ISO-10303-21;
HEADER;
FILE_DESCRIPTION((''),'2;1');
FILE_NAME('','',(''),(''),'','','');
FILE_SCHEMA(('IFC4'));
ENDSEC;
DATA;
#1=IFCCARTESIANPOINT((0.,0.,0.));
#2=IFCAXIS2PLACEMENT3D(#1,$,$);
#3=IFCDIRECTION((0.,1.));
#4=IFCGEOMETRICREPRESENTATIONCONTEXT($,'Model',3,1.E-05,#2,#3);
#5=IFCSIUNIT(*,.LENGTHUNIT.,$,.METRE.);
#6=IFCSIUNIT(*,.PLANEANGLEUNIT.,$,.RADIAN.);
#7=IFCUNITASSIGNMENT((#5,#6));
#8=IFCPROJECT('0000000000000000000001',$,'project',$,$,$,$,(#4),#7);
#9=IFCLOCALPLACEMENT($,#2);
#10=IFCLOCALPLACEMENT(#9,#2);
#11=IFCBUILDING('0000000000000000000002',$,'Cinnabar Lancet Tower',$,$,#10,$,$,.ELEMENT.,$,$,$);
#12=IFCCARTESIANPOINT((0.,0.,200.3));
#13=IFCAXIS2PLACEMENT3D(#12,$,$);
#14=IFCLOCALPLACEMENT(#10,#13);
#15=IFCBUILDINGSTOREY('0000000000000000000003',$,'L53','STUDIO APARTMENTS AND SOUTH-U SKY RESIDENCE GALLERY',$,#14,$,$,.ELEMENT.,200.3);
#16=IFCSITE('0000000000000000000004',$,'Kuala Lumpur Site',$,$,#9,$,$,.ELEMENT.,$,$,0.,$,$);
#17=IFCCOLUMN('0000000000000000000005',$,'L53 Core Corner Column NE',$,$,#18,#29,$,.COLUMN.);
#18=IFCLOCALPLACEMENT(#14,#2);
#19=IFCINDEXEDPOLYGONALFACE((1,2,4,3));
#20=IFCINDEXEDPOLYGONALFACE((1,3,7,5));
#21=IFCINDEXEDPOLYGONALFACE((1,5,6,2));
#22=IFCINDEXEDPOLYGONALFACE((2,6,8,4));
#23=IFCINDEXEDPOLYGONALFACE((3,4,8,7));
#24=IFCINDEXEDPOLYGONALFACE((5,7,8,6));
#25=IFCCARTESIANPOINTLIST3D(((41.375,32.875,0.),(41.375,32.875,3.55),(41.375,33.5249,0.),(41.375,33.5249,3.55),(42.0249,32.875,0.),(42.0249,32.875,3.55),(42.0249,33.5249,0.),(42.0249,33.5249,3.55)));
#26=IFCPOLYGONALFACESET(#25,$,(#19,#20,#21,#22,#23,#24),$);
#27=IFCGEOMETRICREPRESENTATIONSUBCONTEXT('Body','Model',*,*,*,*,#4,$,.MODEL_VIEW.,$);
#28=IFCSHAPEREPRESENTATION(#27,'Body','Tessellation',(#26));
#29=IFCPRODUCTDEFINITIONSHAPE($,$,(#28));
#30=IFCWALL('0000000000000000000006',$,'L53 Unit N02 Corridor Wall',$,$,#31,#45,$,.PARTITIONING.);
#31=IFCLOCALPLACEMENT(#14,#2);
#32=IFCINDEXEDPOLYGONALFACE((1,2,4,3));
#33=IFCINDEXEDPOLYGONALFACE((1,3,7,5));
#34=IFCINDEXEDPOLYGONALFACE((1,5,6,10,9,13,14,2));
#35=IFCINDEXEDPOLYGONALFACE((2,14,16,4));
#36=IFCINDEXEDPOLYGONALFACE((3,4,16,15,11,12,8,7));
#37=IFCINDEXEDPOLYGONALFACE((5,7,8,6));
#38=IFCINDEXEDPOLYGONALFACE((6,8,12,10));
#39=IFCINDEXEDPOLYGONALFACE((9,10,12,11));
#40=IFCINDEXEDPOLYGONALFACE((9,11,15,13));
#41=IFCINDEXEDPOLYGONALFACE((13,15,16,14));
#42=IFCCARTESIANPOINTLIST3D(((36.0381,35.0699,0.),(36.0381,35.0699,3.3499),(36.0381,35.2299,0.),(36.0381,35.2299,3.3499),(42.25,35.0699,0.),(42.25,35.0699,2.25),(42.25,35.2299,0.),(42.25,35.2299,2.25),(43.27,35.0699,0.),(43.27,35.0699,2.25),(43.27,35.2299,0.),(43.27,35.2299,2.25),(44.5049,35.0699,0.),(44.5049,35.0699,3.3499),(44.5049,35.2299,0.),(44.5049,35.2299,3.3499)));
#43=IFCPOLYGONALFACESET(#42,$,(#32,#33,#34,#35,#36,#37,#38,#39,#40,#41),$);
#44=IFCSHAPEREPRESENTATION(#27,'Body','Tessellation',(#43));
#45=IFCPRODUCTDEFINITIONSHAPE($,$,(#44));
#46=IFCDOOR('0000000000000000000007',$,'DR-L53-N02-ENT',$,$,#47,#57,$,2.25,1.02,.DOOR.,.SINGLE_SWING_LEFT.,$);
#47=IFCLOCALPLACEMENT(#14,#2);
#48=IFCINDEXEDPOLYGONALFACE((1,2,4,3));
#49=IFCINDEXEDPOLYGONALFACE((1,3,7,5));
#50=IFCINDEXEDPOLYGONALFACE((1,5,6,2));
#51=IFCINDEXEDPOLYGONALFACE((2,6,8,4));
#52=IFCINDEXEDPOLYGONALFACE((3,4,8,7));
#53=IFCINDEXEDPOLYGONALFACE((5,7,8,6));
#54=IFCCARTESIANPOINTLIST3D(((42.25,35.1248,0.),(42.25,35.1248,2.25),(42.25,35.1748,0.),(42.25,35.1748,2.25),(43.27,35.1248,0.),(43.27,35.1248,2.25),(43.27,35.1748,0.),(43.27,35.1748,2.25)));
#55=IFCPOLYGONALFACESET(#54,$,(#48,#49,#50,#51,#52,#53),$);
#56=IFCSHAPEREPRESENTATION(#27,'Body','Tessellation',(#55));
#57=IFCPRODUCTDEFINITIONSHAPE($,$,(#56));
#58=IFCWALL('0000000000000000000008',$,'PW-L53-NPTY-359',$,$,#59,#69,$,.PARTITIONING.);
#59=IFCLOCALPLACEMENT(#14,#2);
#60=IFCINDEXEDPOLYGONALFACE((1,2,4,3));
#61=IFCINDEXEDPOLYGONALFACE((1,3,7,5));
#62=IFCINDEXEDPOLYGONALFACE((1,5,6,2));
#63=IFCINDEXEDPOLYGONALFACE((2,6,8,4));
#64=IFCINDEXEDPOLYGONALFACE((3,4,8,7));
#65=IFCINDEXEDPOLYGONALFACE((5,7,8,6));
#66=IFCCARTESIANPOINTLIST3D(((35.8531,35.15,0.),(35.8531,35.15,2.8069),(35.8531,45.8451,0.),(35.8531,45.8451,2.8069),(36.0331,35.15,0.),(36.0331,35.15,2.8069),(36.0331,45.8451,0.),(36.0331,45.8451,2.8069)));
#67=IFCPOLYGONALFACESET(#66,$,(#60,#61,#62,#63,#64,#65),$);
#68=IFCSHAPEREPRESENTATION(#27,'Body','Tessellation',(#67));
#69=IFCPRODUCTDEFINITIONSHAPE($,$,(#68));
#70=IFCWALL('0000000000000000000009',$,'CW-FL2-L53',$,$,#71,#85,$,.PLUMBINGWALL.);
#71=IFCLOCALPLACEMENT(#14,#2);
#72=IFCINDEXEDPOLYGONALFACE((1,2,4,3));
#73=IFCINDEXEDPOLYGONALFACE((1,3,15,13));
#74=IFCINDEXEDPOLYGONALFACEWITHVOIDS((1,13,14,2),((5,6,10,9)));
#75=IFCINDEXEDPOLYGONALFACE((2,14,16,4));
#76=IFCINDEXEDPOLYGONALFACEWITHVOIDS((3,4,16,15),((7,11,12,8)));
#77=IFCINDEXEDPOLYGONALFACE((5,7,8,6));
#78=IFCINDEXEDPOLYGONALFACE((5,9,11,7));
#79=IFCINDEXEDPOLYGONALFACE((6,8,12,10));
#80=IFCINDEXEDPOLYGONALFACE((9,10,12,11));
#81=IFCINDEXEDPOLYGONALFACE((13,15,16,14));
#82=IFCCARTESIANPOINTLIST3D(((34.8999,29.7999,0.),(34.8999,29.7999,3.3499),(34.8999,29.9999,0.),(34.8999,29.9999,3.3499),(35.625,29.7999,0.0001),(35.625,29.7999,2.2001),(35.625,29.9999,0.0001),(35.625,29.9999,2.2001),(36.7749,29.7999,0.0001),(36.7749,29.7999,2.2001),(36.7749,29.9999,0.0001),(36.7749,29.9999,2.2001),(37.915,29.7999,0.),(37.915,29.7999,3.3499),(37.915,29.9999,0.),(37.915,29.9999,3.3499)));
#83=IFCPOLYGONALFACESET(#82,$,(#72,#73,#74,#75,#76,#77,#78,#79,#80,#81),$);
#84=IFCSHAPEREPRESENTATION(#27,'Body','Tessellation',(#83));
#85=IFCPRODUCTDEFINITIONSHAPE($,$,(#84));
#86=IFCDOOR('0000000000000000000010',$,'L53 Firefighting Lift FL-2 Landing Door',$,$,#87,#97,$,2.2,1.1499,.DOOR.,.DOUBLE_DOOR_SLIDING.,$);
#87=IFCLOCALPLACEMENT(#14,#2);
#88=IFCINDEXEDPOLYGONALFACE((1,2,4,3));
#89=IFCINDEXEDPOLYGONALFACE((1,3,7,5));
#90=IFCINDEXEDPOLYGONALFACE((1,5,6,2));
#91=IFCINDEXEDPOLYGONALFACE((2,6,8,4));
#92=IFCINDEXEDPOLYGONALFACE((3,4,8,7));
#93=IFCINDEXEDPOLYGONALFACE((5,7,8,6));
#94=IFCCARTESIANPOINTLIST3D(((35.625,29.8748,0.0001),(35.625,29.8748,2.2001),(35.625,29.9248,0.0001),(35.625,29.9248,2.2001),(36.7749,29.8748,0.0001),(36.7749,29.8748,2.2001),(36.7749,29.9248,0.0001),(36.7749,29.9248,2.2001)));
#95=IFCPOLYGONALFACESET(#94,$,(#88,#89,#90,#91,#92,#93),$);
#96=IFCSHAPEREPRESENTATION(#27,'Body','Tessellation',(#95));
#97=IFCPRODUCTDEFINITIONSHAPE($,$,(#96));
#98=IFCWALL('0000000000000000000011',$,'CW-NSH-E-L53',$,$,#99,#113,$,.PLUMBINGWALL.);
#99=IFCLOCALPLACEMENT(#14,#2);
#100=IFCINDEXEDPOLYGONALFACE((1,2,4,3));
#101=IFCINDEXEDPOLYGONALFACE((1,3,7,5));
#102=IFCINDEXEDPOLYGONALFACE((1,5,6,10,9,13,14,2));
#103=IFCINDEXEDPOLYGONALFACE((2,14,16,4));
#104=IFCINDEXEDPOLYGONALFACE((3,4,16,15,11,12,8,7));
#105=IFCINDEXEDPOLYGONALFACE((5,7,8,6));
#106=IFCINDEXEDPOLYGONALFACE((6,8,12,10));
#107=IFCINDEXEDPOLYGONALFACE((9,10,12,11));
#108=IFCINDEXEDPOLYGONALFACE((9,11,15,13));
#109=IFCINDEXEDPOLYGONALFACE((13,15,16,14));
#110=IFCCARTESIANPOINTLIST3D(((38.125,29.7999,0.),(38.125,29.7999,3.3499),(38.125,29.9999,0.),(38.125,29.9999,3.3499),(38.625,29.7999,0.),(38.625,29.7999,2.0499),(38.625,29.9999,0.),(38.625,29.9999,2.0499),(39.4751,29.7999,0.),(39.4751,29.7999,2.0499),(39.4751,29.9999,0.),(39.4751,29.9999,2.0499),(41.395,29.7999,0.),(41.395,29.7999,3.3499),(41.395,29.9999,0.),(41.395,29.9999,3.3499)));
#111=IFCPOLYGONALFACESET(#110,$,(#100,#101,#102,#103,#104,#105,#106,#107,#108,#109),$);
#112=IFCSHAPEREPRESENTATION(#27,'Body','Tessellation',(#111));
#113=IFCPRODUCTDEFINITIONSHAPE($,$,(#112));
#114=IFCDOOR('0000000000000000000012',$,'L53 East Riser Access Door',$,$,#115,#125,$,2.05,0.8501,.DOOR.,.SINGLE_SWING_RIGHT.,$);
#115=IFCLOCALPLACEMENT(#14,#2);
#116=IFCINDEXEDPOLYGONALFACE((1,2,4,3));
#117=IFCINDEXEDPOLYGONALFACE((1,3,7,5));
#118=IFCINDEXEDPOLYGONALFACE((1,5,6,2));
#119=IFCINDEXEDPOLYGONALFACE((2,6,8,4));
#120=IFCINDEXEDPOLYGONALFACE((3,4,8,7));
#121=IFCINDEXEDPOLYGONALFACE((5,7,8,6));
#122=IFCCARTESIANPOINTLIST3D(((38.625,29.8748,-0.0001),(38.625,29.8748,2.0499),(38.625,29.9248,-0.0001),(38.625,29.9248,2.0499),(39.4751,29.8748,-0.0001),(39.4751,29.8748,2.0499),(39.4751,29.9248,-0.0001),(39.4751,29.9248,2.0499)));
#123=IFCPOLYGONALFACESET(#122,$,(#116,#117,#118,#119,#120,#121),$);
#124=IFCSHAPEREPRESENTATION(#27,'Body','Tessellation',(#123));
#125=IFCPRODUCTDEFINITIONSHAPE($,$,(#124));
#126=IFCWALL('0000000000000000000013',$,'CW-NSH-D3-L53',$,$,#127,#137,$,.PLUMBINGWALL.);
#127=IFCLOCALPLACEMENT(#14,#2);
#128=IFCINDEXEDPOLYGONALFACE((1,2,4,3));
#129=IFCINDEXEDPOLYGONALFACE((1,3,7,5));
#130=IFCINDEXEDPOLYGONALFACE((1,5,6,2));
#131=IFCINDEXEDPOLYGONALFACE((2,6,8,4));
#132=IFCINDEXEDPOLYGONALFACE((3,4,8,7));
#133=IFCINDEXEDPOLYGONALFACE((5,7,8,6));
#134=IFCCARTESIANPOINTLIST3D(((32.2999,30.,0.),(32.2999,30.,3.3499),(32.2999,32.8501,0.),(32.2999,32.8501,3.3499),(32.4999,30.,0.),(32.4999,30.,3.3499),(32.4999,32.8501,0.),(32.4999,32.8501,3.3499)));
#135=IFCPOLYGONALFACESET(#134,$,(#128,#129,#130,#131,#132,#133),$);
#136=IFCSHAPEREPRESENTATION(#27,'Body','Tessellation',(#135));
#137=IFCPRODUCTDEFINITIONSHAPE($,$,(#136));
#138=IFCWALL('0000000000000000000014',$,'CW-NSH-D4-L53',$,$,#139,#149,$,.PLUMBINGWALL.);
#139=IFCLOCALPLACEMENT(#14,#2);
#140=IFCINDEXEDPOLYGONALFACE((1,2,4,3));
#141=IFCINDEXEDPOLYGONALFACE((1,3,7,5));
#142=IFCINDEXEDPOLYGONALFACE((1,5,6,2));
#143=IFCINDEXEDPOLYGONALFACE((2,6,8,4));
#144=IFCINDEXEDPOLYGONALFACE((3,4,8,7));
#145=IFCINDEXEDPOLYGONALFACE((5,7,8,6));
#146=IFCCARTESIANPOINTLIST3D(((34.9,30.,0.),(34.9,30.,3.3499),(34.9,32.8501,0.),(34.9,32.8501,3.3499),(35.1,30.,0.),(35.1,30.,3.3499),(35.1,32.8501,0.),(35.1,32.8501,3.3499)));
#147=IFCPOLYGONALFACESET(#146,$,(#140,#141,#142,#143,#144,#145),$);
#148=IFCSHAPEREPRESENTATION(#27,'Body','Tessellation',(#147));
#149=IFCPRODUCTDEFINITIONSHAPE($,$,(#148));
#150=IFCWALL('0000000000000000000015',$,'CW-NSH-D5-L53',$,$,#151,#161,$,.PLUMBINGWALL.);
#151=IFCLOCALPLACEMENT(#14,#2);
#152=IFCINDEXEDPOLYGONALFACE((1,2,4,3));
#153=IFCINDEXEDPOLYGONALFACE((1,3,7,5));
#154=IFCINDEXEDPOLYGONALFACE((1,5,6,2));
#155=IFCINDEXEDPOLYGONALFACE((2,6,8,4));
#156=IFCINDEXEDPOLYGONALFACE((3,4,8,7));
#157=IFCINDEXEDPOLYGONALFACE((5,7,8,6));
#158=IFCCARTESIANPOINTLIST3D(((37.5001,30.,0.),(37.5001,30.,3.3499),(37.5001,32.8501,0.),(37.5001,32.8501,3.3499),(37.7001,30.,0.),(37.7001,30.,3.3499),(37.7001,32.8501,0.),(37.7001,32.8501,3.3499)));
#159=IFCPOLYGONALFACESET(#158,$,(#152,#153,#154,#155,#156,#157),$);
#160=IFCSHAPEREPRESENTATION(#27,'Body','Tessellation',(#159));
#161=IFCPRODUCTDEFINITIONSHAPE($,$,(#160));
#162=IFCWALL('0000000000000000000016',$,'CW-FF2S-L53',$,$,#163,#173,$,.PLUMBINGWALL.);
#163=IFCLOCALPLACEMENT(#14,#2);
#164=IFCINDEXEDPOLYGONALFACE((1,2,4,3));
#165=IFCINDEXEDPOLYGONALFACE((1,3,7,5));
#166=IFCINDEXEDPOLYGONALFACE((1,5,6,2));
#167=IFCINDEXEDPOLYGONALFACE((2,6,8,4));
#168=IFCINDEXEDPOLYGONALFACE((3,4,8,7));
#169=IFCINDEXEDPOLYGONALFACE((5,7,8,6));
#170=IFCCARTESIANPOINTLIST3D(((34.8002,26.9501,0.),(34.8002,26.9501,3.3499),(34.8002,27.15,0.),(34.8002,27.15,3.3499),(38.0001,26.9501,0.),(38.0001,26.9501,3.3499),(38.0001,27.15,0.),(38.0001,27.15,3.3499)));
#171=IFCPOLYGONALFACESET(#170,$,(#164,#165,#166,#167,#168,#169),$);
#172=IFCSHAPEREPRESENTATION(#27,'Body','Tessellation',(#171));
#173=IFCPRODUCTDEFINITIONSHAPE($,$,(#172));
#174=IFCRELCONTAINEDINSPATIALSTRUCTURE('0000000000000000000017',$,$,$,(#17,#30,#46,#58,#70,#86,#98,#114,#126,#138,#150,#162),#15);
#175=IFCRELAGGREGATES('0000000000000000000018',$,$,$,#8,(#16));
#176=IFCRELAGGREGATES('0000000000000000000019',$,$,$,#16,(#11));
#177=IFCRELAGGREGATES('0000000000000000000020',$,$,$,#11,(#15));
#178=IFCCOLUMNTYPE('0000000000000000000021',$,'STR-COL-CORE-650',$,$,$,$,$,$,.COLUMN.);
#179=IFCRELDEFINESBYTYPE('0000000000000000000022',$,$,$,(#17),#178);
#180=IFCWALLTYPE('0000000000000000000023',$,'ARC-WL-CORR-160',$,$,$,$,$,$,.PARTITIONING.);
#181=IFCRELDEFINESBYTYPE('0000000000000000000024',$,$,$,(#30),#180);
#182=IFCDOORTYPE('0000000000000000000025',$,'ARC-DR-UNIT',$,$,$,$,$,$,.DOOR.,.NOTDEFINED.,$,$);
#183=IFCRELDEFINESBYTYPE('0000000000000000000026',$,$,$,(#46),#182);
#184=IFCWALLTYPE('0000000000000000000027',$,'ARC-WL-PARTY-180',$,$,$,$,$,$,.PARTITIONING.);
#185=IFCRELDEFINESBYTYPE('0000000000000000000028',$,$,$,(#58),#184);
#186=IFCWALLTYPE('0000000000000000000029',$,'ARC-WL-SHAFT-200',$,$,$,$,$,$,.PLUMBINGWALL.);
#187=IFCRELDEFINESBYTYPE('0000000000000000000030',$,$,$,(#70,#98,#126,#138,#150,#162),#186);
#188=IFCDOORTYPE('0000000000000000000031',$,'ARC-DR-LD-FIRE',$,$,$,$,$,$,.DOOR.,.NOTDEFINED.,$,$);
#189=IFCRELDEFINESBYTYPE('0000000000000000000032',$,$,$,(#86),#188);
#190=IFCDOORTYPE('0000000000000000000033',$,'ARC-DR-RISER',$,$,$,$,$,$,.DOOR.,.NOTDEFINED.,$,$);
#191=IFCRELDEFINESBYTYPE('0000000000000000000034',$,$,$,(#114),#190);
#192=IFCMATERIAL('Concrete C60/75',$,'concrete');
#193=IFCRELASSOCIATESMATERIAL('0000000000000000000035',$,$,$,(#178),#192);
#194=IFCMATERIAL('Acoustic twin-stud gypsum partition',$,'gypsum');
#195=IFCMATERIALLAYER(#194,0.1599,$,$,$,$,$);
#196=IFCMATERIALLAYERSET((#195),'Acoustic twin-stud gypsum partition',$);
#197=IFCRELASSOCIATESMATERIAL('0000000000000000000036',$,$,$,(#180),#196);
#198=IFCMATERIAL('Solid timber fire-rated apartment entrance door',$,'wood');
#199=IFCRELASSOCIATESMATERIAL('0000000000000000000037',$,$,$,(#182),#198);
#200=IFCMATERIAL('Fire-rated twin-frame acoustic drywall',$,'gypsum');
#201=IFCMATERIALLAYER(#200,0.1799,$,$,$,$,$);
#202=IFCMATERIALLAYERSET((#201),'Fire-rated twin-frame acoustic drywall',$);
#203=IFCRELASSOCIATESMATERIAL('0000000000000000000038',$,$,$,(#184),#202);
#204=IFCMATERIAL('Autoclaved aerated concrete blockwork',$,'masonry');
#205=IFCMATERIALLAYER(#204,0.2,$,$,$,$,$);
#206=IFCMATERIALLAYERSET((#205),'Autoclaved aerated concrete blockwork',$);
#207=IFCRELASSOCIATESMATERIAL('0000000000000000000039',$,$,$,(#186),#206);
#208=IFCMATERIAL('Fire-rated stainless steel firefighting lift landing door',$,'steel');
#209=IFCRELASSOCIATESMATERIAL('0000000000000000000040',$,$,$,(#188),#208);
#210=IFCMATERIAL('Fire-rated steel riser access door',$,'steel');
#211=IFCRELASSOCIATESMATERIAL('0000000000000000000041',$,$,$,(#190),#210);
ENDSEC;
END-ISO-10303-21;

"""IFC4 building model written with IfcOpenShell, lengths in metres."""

from ifc_helpers import new_model, si_unit, direction, frame, frame_2d, origin, origin_2d, place, context, subcontext, project, spatial, rectangle, extrude, material, layer, layer_set, material_profile, profile_set, type_object, element, fill, save


model = new_model("IFC4")

# Units and contexts
model_context = context("Model", 3, precision=1e-05, world=origin(), true_north=direction((0.0, 1.0)))
body_context = subcontext(model_context, "Body", "Model", "MODEL_VIEW")
ifc_project = project(units=[si_unit("LENGTHUNIT", "METRE"), si_unit("PLANEANGLEUNIT", "RADIAN")], contexts=[model_context])

# Site, building, storey
site_placement = place(None, origin())
site = spatial("IfcSite", under=ifc_project, at=site_placement, Name="Kuala Lumpur Site", CompositionType="ELEMENT", RefElevation=0.0)
building_placement = place(site_placement, origin())
building = spatial("IfcBuilding", under=site, at=building_placement, Name="Cinnabar Lancet Tower", CompositionType="ELEMENT")
storey_placement = place(building_placement, frame((0.0, 0.0, 200.3)))
storey = spatial("IfcBuildingStorey", under=building, at=storey_placement, Name="L53", Description="STUDIO APARTMENTS AND SOUTH-U SKY RESIDENCE GALLERY", CompositionType="ELEMENT", Elevation=200.3)

# Column
ifc_material_1 = material(Name="Concrete C60/75", Category="concrete")
ifc_material_profile = material_profile(ifc_material_1, rectangle(XDim=0.6499, YDim=0.6499, at=origin_2d()), Name="RC-COL 650x650")
ifc_profile_set = profile_set([ifc_material_profile], Name="Concrete C60/75")
column_type = type_object("IfcColumnType", Name="STR-COL-CORE-650", PredefinedType="COLUMN", material=ifc_profile_set)
column_placement = place(storey_placement, frame((41.7, 33.2, 0.0), z_axis=(0.0, 0.0, 1.0), x_axis=(1.0, 0.0, 0.0)))
element("IfcColumn", 1, at=column_placement, inside=storey, type_object=column_type, Name="L53 Core Corner Column NE", PredefinedType="COLUMN", context=body_context, shape_type="SweptSolid", body=[
    extrude(rectangle(XDim=0.6499, YDim=0.6499, at=origin_2d()), origin(), (0.0, 0.0, 1.0), 3.55),
])

# Wall, opening, door
ifc_material_2 = material(Name="Acoustic twin-stud gypsum partition", Category="gypsum")
ifc_layer_1 = layer(ifc_material_2, 0.1599)
ifc_layer_set_1 = layer_set([ifc_layer_1], Name="Acoustic twin-stud gypsum partition")
wall_type_1 = type_object("IfcWallType", Name="ARC-WL-CORR-160", PredefinedType="PARTITIONING", material=ifc_layer_set_1)
wall_1_placement = place(storey_placement, frame((36.0381, 35.1499, 0.0), z_axis=(0.0, 0.0, 1.0), x_axis=(1.0, 0.0, 0.0)))
wall_1 = element("IfcWall", 2, at=wall_1_placement, inside=storey, type_object=wall_type_1, Name="L53 Unit N02 Corridor Wall", PredefinedType="PARTITIONING", context=body_context, shape_type="SweptSolid", body=[
    extrude(rectangle(XDim=8.4668, YDim=0.1599, at=frame_2d((4.2334, 0.0))), origin(), (0.0, 0.0, 1.0), 3.3499),
])
opening_1_placement = place(wall_1_placement, frame((6.2119, 0.0, 0.0)))
opening_1 = element("IfcOpeningElement", 3, at=opening_1_placement, cuts=wall_1, PredefinedType="OPENING", context=body_context, shape_type="SweptSolid", body=[
    extrude(rectangle(XDim=1.02, YDim=2.25, at=frame_2d((0.51, 1.125))), frame((0.0, 0.0898, 0.0), z_axis=(0.0, -1.0, 0.0), x_axis=(1.0, 0.0, 0.0)), (0.0, 0.0, 1.0), 0.1799),
])
ifc_material_3 = material(Name="Solid timber fire-rated apartment entrance door", Category="wood")
door_type_1 = type_object("IfcDoorType", Name="ARC-DR-UNIT", OperationType="NOTDEFINED", PredefinedType="DOOR", material=ifc_material_3)
door_1_placement = place(opening_1_placement, origin())
door_1 = element("IfcDoor", 4, at=door_1_placement, inside=storey, type_object=door_type_1, Name="DR-L53-N02-ENT", OperationType="SINGLE_SWING_LEFT", OverallHeight=2.25, OverallWidth=1.02, PredefinedType="DOOR", context=body_context, shape_type="SweptSolid", body=[
    extrude(rectangle(XDim=1.02, YDim=2.25, at=frame_2d((0.51, 1.125))), frame((0.0, 0.0249, 0.0), z_axis=(0.0, -1.0, 0.0), x_axis=(1.0, 0.0, 0.0)), (0.0, 0.0, 1.0), 0.05),
])
fill(opening_1, door_1)

# Wall
ifc_material_4 = material(Name="Fire-rated twin-frame acoustic drywall", Category="gypsum")
ifc_layer_2 = layer(ifc_material_4, 0.1799)
ifc_layer_set_2 = layer_set([ifc_layer_2], Name="Fire-rated twin-frame acoustic drywall")
wall_type_2 = type_object("IfcWallType", Name="ARC-WL-PARTY-180", PredefinedType="PARTITIONING", material=ifc_layer_set_2)
wall_2_placement = place(storey_placement, frame((35.9431, 35.1499, 0.0), z_axis=(0.0, 0.0, 1.0), x_axis=(0.0, 1.0, 0.0)))
element("IfcWall", 5, at=wall_2_placement, inside=storey, type_object=wall_type_2, Name="PW-L53-NPTY-359", PredefinedType="PARTITIONING", context=body_context, shape_type="SweptSolid", body=[
    extrude(rectangle(XDim=10.6951, YDim=0.1799, at=frame_2d((5.3477, 0.0))), origin(), (0.0, 0.0, 1.0), 2.8069),
])

# Walls, openings, doors
ifc_material_5 = material(Name="Autoclaved aerated concrete blockwork", Category="masonry")
ifc_layer_3 = layer(ifc_material_5, 0.2)
ifc_layer_set_3 = layer_set([ifc_layer_3], Name="Autoclaved aerated concrete blockwork")
wall_type_3 = type_object("IfcWallType", Name="ARC-WL-SHAFT-200", PredefinedType="PLUMBINGWALL", material=ifc_layer_set_3)
wall_3_placement = place(storey_placement, frame((34.8999, 29.8999, 0.0), z_axis=(0.0, 0.0, 1.0), x_axis=(1.0, 0.0, 0.0)))
wall_3 = element("IfcWall", 6, at=wall_3_placement, inside=storey, type_object=wall_type_3, Name="CW-FL2-L53", PredefinedType="PLUMBINGWALL", context=body_context, shape_type="SweptSolid", body=[
    extrude(rectangle(XDim=3.0151, YDim=0.2, at=frame_2d((1.5076, 0.0))), origin(), (0.0, 0.0, 1.0), 3.3499),
])
opening_2_placement = place(wall_3_placement, frame((0.7251, 0.0, 0.0)))
opening_2 = element("IfcOpeningElement", 7, at=opening_2_placement, cuts=wall_3, PredefinedType="OPENING", context=body_context, shape_type="SweptSolid", body=[
    extrude(rectangle(XDim=1.1499, YDim=2.2, at=frame_2d((0.575, 1.1001))), frame((0.0, 0.1099, 0.0), z_axis=(0.0, -1.0, 0.0), x_axis=(1.0, 0.0, 0.0)), (0.0, 0.0, 1.0), 0.22),
])
ifc_material_6 = material(Name="Fire-rated stainless steel firefighting lift landing door", Category="steel")
door_type_2 = type_object("IfcDoorType", Name="ARC-DR-LD-FIRE", OperationType="NOTDEFINED", PredefinedType="DOOR", material=ifc_material_6)
door_2_placement = place(opening_2_placement, origin())
door_2 = element("IfcDoor", 8, at=door_2_placement, inside=storey, type_object=door_type_2, Name="L53 Firefighting Lift FL-2 Landing Door", OperationType="DOUBLE_DOOR_SLIDING", OverallHeight=2.2, OverallWidth=1.1499, PredefinedType="DOOR", context=body_context, shape_type="SweptSolid", body=[
    extrude(rectangle(XDim=1.1499, YDim=2.2, at=frame_2d((0.575, 1.1001))), frame((0.0, 0.0249, 0.0), z_axis=(0.0, -1.0, 0.0), x_axis=(1.0, 0.0, 0.0)), (0.0, 0.0, 1.0), 0.05),
])
fill(opening_2, door_2)
wall_4_placement = place(storey_placement, frame((38.125, 29.8999, 0.0), z_axis=(0.0, 0.0, 1.0), x_axis=(1.0, 0.0, 0.0)))
wall_4 = element("IfcWall", 9, at=wall_4_placement, inside=storey, type_object=wall_type_3, Name="CW-NSH-E-L53", PredefinedType="PLUMBINGWALL", context=body_context, shape_type="SweptSolid", body=[
    extrude(rectangle(XDim=3.27, YDim=0.2, at=frame_2d((1.635, 0.0))), origin(), (0.0, 0.0, 1.0), 3.3499),
])
opening_3_placement = place(wall_4_placement, frame((0.5, 0.0, 0.0)))
opening_3 = element("IfcOpeningElement", 10, at=opening_3_placement, cuts=wall_4, PredefinedType="OPENING", context=body_context, shape_type="SweptSolid", body=[
    extrude(rectangle(XDim=0.8501, YDim=2.05, at=frame_2d((0.425, 1.0249))), frame((0.0, 0.1099, 0.0), z_axis=(0.0, -1.0, 0.0), x_axis=(1.0, 0.0, 0.0)), (0.0, 0.0, 1.0), 0.22),
])
ifc_material_7 = material(Name="Fire-rated steel riser access door", Category="steel")
door_type_3 = type_object("IfcDoorType", Name="ARC-DR-RISER", OperationType="NOTDEFINED", PredefinedType="DOOR", material=ifc_material_7)
door_3_placement = place(opening_3_placement, origin())
door_3 = element("IfcDoor", 11, at=door_3_placement, inside=storey, type_object=door_type_3, Name="L53 East Riser Access Door", OperationType="SINGLE_SWING_RIGHT", OverallHeight=2.05, OverallWidth=0.8501, PredefinedType="DOOR", context=body_context, shape_type="SweptSolid", body=[
    extrude(rectangle(XDim=0.8501, YDim=2.05, at=frame_2d((0.425, 1.0249))), frame((0.0, 0.0249, 0.0), z_axis=(0.0, -1.0, 0.0), x_axis=(1.0, 0.0, 0.0)), (0.0, 0.0, 1.0), 0.05),
])
fill(opening_3, door_3)

# Walls
for number, where, z_axis, x_axis, name in (
    (12, (32.3999, 30.0, 0.0), (0.0, 0.0, 1.0), (0.0, 1.0, 0.0), "CW-NSH-D3-L53"),
    (13, (35.0, 30.0, 0.0), (0.0, 0.0, 1.0), (0.0, 1.0, 0.0), "CW-NSH-D4-L53"),
    (14, (37.6001, 30.0, 0.0), (0.0, 0.0, 1.0), (0.0, 1.0, 0.0), "CW-NSH-D5-L53"),
):
    element("IfcWall", number, at=place(storey_placement, frame(where, z_axis=z_axis, x_axis=x_axis)), inside=storey, type_object=wall_type_3, Name=name, PredefinedType="PLUMBINGWALL", context=body_context, shape_type="SweptSolid", body=[
        extrude(rectangle(XDim=2.8501, YDim=0.2, at=frame_2d((1.425, 0.0))), origin(), (0.0, 0.0, 1.0), 3.3499),
    ])

# Wall
wall_5_placement = place(storey_placement, frame((34.8, 27.05, 0.0), z_axis=(0.0, 0.0, 1.0), x_axis=(1.0, 0.0, 0.0)))
element("IfcWall", 15, at=wall_5_placement, inside=storey, type_object=wall_type_3, Name="CW-FF2S-L53", PredefinedType="PLUMBINGWALL", context=body_context, shape_type="SweptSolid", body=[
    extrude(rectangle(XDim=3.2, YDim=0.2, at=frame_2d((1.6001, 0.0))), origin(), (0.0, 0.0, 1.0), 3.3499),
])

save(model, "model.ifc")
